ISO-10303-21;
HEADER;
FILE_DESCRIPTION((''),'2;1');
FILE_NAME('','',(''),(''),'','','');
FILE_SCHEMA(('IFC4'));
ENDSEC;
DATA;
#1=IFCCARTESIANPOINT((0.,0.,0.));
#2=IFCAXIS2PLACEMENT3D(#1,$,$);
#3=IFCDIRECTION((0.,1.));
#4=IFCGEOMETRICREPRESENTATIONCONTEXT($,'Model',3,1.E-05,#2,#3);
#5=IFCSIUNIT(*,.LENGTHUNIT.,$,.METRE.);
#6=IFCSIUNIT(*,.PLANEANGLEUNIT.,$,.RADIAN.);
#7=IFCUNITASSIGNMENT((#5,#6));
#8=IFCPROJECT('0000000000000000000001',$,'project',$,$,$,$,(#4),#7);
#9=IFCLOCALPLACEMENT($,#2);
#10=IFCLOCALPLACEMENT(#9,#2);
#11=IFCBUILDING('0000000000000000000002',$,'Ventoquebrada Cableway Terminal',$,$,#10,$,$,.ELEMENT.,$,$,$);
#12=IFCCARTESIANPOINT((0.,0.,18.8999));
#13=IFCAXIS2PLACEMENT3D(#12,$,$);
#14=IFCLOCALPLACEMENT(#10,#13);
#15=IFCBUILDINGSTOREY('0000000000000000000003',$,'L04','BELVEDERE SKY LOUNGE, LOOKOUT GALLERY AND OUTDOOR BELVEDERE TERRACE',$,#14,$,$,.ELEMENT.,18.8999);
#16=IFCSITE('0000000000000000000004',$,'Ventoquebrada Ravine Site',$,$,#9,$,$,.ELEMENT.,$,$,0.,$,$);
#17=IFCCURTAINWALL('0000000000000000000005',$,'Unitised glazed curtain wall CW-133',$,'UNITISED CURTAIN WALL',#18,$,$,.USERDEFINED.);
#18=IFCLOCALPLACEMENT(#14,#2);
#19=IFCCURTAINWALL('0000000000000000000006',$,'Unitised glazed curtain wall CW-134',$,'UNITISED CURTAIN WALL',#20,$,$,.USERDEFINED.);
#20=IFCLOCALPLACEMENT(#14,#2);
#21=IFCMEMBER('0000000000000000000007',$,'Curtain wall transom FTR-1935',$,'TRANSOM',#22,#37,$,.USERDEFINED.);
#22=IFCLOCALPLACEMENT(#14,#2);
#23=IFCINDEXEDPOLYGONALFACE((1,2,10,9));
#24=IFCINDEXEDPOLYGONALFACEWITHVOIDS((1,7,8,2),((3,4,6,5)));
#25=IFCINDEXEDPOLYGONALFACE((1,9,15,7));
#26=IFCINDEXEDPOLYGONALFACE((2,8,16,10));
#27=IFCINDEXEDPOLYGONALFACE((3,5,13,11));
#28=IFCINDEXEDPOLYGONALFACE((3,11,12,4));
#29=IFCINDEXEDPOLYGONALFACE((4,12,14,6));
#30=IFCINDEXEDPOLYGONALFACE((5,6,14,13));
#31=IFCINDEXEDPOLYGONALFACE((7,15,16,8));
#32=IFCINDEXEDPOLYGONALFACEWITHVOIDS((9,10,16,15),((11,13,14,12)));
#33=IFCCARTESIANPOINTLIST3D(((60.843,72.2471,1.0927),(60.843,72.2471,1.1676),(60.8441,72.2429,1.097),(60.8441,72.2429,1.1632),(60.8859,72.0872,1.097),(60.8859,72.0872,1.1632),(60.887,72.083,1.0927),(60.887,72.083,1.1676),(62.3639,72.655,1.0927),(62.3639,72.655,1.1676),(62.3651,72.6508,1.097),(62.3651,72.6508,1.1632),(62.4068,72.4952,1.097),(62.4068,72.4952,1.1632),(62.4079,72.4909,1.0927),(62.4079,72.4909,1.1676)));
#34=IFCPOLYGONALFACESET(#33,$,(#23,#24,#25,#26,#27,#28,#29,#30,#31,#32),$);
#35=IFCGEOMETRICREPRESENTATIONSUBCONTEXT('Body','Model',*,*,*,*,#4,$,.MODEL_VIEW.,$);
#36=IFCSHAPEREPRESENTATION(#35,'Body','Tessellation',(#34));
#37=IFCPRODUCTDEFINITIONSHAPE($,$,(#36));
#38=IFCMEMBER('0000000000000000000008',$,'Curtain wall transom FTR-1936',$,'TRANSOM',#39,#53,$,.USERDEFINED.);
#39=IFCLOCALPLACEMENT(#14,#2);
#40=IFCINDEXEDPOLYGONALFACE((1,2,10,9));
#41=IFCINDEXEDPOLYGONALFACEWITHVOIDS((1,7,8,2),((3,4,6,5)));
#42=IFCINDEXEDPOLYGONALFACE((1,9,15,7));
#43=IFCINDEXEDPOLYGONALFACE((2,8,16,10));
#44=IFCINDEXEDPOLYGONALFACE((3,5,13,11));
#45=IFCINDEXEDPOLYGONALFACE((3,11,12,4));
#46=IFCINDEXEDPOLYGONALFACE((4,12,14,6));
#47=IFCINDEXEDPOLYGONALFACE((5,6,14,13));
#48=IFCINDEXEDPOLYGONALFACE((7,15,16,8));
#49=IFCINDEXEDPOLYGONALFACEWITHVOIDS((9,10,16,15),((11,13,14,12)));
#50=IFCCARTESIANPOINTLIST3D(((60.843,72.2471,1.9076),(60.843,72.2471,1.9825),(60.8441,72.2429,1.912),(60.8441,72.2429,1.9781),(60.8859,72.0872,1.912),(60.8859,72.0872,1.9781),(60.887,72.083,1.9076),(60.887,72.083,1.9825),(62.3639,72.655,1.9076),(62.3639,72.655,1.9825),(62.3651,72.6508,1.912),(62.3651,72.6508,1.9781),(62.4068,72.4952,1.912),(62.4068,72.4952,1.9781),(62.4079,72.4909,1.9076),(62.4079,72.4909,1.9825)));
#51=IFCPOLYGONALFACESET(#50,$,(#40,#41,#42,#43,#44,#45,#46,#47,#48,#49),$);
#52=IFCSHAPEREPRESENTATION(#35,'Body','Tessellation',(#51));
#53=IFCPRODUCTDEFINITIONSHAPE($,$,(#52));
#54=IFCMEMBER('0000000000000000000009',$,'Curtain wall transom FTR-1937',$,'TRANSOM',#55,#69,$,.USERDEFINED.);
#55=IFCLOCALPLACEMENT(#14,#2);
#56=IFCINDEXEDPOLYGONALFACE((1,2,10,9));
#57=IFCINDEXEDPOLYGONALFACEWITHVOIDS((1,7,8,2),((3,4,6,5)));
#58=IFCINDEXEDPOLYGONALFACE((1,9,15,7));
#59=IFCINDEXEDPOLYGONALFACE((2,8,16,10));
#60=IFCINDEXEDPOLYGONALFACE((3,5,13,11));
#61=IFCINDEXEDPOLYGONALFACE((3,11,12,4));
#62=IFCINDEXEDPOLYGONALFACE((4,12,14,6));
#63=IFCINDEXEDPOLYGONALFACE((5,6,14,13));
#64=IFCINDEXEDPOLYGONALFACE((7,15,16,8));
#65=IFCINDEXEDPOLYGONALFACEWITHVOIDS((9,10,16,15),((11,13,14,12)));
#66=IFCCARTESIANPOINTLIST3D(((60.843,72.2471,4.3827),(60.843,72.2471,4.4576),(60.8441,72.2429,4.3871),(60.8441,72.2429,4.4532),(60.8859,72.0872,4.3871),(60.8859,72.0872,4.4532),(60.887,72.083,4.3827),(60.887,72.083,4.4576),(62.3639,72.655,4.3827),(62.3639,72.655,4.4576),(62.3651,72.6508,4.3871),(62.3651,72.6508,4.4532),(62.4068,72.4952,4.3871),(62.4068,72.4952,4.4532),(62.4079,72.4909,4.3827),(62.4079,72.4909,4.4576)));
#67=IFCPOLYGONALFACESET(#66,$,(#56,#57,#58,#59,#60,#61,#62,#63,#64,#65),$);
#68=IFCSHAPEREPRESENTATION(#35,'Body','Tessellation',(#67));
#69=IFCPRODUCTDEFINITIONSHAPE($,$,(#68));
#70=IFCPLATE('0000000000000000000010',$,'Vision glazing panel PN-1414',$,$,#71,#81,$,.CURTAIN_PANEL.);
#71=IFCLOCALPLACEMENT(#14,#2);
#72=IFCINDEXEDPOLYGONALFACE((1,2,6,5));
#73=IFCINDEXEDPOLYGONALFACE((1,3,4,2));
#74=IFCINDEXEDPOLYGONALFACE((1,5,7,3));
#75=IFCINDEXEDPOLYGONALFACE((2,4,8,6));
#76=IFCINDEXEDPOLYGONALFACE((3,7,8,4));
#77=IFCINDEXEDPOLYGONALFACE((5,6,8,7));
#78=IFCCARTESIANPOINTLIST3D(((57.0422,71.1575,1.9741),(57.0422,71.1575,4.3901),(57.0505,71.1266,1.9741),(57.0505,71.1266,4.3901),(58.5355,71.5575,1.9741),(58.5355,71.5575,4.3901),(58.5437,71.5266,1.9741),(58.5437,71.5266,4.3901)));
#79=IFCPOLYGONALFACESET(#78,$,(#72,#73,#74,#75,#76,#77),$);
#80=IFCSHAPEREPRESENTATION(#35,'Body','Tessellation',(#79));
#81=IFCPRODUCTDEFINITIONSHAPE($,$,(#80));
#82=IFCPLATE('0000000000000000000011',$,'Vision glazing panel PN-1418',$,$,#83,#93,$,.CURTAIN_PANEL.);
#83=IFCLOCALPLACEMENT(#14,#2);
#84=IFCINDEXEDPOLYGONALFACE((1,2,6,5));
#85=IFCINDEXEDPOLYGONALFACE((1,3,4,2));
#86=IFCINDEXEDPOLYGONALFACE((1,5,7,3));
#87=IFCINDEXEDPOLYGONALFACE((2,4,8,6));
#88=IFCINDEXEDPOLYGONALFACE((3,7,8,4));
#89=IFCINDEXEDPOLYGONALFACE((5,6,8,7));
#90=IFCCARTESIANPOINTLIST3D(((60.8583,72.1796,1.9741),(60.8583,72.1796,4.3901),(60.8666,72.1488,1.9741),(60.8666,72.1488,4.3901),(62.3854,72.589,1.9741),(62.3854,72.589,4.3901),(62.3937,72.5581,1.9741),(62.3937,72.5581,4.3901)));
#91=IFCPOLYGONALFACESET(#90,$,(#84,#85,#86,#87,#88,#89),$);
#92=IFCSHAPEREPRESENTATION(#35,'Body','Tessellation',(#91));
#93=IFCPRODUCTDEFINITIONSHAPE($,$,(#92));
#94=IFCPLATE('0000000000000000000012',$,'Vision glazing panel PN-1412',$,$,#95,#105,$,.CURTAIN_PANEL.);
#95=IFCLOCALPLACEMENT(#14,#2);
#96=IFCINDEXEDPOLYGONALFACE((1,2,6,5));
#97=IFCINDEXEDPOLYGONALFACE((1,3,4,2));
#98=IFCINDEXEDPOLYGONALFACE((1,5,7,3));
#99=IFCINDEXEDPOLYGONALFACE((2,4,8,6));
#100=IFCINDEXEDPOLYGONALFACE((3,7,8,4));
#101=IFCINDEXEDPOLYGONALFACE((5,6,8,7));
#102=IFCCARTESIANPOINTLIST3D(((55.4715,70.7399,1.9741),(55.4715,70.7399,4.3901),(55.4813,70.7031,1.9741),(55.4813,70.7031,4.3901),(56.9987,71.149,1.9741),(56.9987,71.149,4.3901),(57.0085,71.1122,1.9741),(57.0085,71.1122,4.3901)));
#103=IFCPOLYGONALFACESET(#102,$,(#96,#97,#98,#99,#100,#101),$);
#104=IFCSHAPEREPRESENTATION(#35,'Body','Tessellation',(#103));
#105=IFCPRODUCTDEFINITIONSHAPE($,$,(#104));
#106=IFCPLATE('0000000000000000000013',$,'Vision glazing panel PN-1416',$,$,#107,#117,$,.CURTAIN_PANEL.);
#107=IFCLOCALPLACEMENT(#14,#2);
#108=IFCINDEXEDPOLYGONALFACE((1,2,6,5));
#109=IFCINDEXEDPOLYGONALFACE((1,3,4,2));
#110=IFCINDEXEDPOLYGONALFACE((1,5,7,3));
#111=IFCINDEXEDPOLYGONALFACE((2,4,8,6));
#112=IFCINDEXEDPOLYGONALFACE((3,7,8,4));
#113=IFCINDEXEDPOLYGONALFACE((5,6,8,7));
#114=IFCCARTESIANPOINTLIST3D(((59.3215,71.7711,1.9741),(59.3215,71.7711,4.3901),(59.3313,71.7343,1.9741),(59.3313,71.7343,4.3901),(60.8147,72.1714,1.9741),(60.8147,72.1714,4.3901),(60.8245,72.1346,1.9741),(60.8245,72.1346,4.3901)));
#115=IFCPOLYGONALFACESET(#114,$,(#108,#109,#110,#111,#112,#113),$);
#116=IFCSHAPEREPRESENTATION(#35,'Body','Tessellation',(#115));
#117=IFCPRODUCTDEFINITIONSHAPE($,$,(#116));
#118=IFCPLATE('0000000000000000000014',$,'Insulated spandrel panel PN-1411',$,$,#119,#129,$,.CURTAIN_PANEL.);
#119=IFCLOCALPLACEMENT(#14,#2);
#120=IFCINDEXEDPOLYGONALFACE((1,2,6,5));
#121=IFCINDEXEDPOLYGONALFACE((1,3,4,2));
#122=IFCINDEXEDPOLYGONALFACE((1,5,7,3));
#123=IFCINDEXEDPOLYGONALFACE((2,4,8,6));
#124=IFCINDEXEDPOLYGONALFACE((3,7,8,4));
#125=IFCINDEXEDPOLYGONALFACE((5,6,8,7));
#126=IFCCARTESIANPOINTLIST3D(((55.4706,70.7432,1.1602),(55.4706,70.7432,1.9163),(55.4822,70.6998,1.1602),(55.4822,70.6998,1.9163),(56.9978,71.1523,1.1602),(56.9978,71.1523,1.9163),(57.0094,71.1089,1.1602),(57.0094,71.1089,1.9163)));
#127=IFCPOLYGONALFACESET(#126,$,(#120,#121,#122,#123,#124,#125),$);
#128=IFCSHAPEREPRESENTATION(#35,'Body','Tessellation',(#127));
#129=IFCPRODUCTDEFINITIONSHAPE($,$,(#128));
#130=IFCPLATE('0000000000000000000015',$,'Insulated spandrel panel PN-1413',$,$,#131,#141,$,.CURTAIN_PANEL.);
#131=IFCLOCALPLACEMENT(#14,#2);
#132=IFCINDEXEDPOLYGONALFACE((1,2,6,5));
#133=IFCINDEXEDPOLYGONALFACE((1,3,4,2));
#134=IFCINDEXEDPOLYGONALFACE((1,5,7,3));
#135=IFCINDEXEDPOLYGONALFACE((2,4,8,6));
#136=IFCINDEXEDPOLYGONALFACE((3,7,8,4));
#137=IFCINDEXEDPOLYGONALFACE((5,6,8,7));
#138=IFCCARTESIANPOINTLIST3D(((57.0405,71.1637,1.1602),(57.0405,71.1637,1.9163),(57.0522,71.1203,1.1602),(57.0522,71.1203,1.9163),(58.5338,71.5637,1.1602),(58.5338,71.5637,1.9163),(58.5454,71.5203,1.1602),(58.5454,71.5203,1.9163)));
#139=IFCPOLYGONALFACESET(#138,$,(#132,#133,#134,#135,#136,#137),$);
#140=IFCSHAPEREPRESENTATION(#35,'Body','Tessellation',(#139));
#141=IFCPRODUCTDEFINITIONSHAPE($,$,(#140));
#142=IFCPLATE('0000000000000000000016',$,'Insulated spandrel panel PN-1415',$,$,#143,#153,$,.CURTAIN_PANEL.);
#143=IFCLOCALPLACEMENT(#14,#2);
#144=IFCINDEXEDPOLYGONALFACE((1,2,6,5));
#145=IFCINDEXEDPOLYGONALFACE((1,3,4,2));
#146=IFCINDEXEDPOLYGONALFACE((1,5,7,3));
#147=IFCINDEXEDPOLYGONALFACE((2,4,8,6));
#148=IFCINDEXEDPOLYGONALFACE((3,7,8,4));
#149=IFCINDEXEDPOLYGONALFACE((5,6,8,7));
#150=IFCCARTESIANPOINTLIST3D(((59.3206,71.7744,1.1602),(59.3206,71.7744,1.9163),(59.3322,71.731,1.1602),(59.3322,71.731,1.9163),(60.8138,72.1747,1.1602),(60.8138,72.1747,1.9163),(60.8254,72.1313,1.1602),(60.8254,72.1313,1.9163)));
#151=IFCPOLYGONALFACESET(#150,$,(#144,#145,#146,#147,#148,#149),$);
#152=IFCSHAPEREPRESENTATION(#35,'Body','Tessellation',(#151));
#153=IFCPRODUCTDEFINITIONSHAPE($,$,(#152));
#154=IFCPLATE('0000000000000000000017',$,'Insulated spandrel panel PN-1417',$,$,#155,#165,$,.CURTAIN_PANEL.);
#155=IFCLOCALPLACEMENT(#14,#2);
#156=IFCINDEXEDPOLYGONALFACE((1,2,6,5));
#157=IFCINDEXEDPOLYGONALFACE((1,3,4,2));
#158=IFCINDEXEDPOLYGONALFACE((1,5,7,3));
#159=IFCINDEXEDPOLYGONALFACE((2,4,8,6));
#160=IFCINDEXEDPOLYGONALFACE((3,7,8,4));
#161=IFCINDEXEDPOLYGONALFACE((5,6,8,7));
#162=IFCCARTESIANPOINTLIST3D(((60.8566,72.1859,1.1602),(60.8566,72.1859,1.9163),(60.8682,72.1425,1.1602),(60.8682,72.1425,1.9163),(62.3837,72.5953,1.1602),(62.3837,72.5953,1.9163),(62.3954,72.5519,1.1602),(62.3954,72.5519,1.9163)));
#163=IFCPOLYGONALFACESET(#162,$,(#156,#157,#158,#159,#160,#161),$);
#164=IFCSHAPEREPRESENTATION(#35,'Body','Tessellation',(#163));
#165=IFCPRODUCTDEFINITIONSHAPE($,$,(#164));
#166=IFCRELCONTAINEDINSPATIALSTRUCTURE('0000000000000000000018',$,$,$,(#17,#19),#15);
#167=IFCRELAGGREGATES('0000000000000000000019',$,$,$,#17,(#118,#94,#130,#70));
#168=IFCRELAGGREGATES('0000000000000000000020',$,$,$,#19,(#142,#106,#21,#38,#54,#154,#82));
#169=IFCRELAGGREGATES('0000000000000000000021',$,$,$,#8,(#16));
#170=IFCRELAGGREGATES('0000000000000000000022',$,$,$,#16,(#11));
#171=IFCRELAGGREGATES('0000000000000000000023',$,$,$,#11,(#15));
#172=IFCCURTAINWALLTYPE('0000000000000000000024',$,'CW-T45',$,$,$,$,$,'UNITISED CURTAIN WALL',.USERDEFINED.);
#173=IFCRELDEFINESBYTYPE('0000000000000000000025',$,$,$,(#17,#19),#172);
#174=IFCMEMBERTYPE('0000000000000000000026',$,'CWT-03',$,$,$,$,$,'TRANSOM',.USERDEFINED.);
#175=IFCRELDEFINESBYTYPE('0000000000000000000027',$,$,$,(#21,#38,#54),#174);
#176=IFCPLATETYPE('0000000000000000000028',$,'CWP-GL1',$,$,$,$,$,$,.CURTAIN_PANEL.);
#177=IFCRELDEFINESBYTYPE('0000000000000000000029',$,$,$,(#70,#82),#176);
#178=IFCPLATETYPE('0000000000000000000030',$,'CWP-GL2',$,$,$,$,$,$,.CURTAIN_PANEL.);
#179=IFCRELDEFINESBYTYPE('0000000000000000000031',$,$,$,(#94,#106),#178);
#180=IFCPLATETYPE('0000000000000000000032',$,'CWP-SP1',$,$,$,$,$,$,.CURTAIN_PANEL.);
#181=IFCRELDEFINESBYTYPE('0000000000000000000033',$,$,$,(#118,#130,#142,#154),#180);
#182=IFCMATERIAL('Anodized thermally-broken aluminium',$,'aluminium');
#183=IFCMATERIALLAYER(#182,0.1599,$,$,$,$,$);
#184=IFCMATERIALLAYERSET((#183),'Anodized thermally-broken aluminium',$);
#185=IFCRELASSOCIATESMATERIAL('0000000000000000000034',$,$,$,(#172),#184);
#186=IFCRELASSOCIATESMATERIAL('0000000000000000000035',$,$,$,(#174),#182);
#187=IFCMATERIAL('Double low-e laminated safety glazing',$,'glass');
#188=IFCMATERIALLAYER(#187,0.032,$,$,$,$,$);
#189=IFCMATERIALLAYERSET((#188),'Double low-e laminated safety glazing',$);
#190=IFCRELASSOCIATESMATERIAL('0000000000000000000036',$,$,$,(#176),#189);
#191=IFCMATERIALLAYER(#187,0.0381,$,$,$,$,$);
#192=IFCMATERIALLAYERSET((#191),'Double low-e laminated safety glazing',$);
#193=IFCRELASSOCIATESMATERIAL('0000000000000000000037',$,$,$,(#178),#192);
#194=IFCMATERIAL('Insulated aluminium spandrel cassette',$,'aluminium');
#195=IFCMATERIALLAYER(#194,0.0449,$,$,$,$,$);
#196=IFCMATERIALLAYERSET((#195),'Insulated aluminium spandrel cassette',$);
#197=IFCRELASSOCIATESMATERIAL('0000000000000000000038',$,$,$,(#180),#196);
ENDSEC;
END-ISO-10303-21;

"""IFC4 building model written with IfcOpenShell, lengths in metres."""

from ifc_helpers import new_model, si_unit, direction, frame, origin, origin_2d, place, context, subcontext, project, spatial, rectangle, hollow_rectangle, extrude, material, layer, layer_set, material_profile, profile_set, type_object, element, aggregate, save


model = new_model("IFC4")

# Units and contexts
model_context = context("Model", 3, precision=1e-05, world=origin(), true_north=direction((0.0, 1.0)))
body_context = subcontext(model_context, "Body", "Model", "MODEL_VIEW")
ifc_project = project(units=[si_unit("LENGTHUNIT", "METRE"), si_unit("PLANEANGLEUNIT", "RADIAN")], contexts=[model_context])

# Site, building, storey
site_placement = place(None, origin())
site = spatial("IfcSite", under=ifc_project, at=site_placement, Name="Ventoquebrada Ravine Site", CompositionType="ELEMENT", RefElevation=0.0)
building_placement = place(site_placement, origin())
building = spatial("IfcBuilding", under=site, at=building_placement, Name="Ventoquebrada Cableway Terminal", CompositionType="ELEMENT")
storey_placement = place(building_placement, frame((0.0, 0.0, 18.8999)))
storey = spatial("IfcBuildingStorey", under=building, at=storey_placement, Name="L04", Description="BELVEDERE SKY LOUNGE, LOOKOUT GALLERY AND OUTDOOR BELVEDERE TERRACE", CompositionType="ELEMENT", Elevation=18.8999)

# Curtain walls
ifc_material_1 = material(Name="Anodized thermally-broken aluminium", Category="aluminium")
ifc_layer_1 = layer(ifc_material_1, 0.1599)
ifc_layer_set_1 = layer_set([ifc_layer_1], Name="Anodized thermally-broken aluminium")
curtain_wall_type = type_object("IfcCurtainWallType", Name="CW-T45", ElementType="UNITISED CURTAIN WALL", PredefinedType="USERDEFINED", material=ifc_layer_set_1)
curtain_wall_1_placement = place(storey_placement, origin())
curtain_wall_1 = element("IfcCurtainWall", 1, at=curtain_wall_1_placement, inside=storey, type_object=curtain_wall_type, Name="Unitised glazed curtain wall CW-133", ObjectType="UNITISED CURTAIN WALL", PredefinedType="USERDEFINED")
curtain_wall_2_placement = place(storey_placement, origin())
curtain_wall_2 = element("IfcCurtainWall", 2, at=curtain_wall_2_placement, inside=storey, type_object=curtain_wall_type, Name="Unitised glazed curtain wall CW-134", ObjectType="UNITISED CURTAIN WALL", PredefinedType="USERDEFINED")

# Members
ifc_material_profile_1 = material_profile(ifc_material_1, hollow_rectangle(XDim=0.075, YDim=0.1699, WallThickness=0.0044, at=origin_2d()), Name="CW-TRN-75X170")
ifc_profile_set_1 = profile_set([ifc_material_profile_1], Name="Anodized thermally-broken aluminium")
member_type_1 = type_object("IfcMemberType", Name="CWT-03", ElementType="TRANSOM", PredefinedType="USERDEFINED", material=ifc_profile_set_1)
member_1_placement = place(storey_placement, frame((60.865, 72.165, 1.1301), z_axis=(0.965861, 0.259062, 0.0), x_axis=(0.0, 0.0, 1.0)))
member_1 = element("IfcMember", 3, at=member_1_placement, type_object=member_type_1, Name="Curtain wall transom FTR-1935", ObjectType="TRANSOM", PredefinedType="USERDEFINED", context=body_context, shape_type="SweptSolid", body=[
    extrude(hollow_rectangle(XDim=0.075, YDim=0.1699, WallThickness=0.0044, at=origin_2d()), origin(), (0.0, 0.0, 1.0), 1.5747),
])
member_2_placement = place(storey_placement, frame((60.865, 72.165, 1.9451), z_axis=(0.965861, 0.259062, 0.0), x_axis=(0.0, 0.0, 1.0)))
member_2 = element("IfcMember", 4, at=member_2_placement, type_object=member_type_1, Name="Curtain wall transom FTR-1936", ObjectType="TRANSOM", PredefinedType="USERDEFINED", context=body_context, shape_type="SweptSolid", body=[
    extrude(hollow_rectangle(XDim=0.075, YDim=0.1699, WallThickness=0.0044, at=origin_2d()), origin(), (0.0, 0.0, 1.0), 1.5747),
])
member_3_placement = place(storey_placement, frame((60.865, 72.165, 4.4202), z_axis=(0.965861, 0.259062, 0.0), x_axis=(0.0, 0.0, 1.0)))
member_3 = element("IfcMember", 5, at=member_3_placement, type_object=member_type_1, Name="Curtain wall transom FTR-1937", ObjectType="TRANSOM", PredefinedType="USERDEFINED", context=body_context, shape_type="SweptSolid", body=[
    extrude(hollow_rectangle(XDim=0.075, YDim=0.1699, WallThickness=0.0044, at=origin_2d()), origin(), (0.0, 0.0, 1.0), 1.5747),
])

# Plates
ifc_material_2 = material(Name="Double low-e laminated safety glazing", Category="glass")
ifc_layer_2 = layer(ifc_material_2, 0.032)
ifc_layer_set_2 = layer_set([ifc_layer_2], Name="Double low-e laminated safety glazing")
plate_type_1 = type_object("IfcPlateType", Name="CWP-GL1", PredefinedType="CURTAIN_PANEL", material=ifc_layer_set_2)
plate_1_placement = place(storey_placement, frame((57.793, 71.342, 1.9741), z_axis=(0.0, 0.0, 1.0), x_axis=(0.965944, 0.258752, 0.0)))
plate_1 = element("IfcPlate", 6, at=plate_1_placement, type_object=plate_type_1, Name="Vision glazing panel PN-1414", PredefinedType="CURTAIN_PANEL", context=body_context, shape_type="SweptSolid", body=[
    extrude(rectangle(XDim=1.5459, YDim=0.032, at=origin_2d()), origin(), (0.0, 0.0, 1.0), 2.416),
])
plate_2_placement = place(storey_placement, frame((61.626, 72.3689, 1.9741), z_axis=(0.0, 0.0, 1.0), x_axis=(0.965894, 0.258937, 0.0)))
plate_2 = element("IfcPlate", 7, at=plate_2_placement, type_object=plate_type_1, Name="Vision glazing panel PN-1418", PredefinedType="CURTAIN_PANEL", context=body_context, shape_type="SweptSolid", body=[
    extrude(rectangle(XDim=1.5811, YDim=0.032, at=origin_2d()), origin(), (0.0, 0.0, 1.0), 2.416),
])
ifc_layer_3 = layer(ifc_material_2, 0.0381)
ifc_layer_set_3 = layer_set([ifc_layer_3], Name="Double low-e laminated safety glazing")
plate_type_2 = type_object("IfcPlateType", Name="CWP-GL2", PredefinedType="CURTAIN_PANEL", material=ifc_layer_set_3)
plate_3_placement = place(storey_placement, frame((56.24, 70.926, 1.9741), z_axis=(0.0, 0.0, 1.0), x_axis=(0.965944, 0.258752, 0.0)))
plate_3 = element("IfcPlate", 8, at=plate_3_placement, type_object=plate_type_2, Name="Vision glazing panel PN-1412", PredefinedType="CURTAIN_PANEL", context=body_context, shape_type="SweptSolid", body=[
    extrude(rectangle(XDim=1.5811, YDim=0.0381, at=origin_2d()), origin(), (0.0, 0.0, 1.0), 2.416),
])
plate_4_placement = place(storey_placement, frame((60.073, 71.9529, 1.9741), z_axis=(0.0, 0.0, 1.0), x_axis=(0.965894, 0.258937, 0.0)))
plate_4 = element("IfcPlate", 9, at=plate_4_placement, type_object=plate_type_2, Name="Vision glazing panel PN-1416", PredefinedType="CURTAIN_PANEL", context=body_context, shape_type="SweptSolid", body=[
    extrude(rectangle(XDim=1.5459, YDim=0.0381, at=origin_2d()), origin(), (0.0, 0.0, 1.0), 2.416),
])
ifc_material_3 = material(Name="Insulated aluminium spandrel cassette", Category="aluminium")
ifc_layer_4 = layer(ifc_material_3, 0.0449)
ifc_layer_set_4 = layer_set([ifc_layer_4], Name="Insulated aluminium spandrel cassette")
plate_type_3 = type_object("IfcPlateType", Name="CWP-SP1", PredefinedType="CURTAIN_PANEL", material=ifc_layer_set_4)
plate_5_placement = place(storey_placement, frame((56.24, 70.926, 1.1602), z_axis=(0.0, 0.0, 1.0), x_axis=(0.965944, 0.258752, 0.0)))
plate_5 = element("IfcPlate", 10, at=plate_5_placement, type_object=plate_type_3, Name="Insulated spandrel panel PN-1411", PredefinedType="CURTAIN_PANEL", context=body_context, shape_type="SweptSolid", body=[
    extrude(rectangle(XDim=1.5811, YDim=0.0449, at=origin_2d()), origin(), (0.0, 0.0, 1.0), 0.7561),
])
plate_6_placement = place(storey_placement, frame((57.793, 71.342, 1.1602), z_axis=(0.0, 0.0, 1.0), x_axis=(0.965944, 0.258752, 0.0)))
plate_6 = element("IfcPlate", 11, at=plate_6_placement, type_object=plate_type_3, Name="Insulated spandrel panel PN-1413", PredefinedType="CURTAIN_PANEL", context=body_context, shape_type="SweptSolid", body=[
    extrude(rectangle(XDim=1.5459, YDim=0.0449, at=origin_2d()), origin(), (0.0, 0.0, 1.0), 0.7561),
])
aggregate(curtain_wall_1, [plate_5, plate_3, plate_6, plate_1])
plate_7_placement = place(storey_placement, frame((60.073, 71.9529, 1.1602), z_axis=(0.0, 0.0, 1.0), x_axis=(0.965894, 0.258937, 0.0)))
plate_7 = element("IfcPlate", 12, at=plate_7_placement, type_object=plate_type_3, Name="Insulated spandrel panel PN-1415", PredefinedType="CURTAIN_PANEL", context=body_context, shape_type="SweptSolid", body=[
    extrude(rectangle(XDim=1.5459, YDim=0.0449, at=origin_2d()), origin(), (0.0, 0.0, 1.0), 0.7561),
])
plate_8_placement = place(storey_placement, frame((61.626, 72.3689, 1.1602), z_axis=(0.0, 0.0, 1.0), x_axis=(0.965894, 0.258937, 0.0)))
plate_8 = element("IfcPlate", 13, at=plate_8_placement, type_object=plate_type_3, Name="Insulated spandrel panel PN-1417", PredefinedType="CURTAIN_PANEL", context=body_context, shape_type="SweptSolid", body=[
    extrude(rectangle(XDim=1.5811, YDim=0.0449, at=origin_2d()), origin(), (0.0, 0.0, 1.0), 0.7561),
])
aggregate(curtain_wall_2, [plate_7, plate_4, member_1, member_2, member_3, plate_8, plate_2])

save(model, "model.ifc")
